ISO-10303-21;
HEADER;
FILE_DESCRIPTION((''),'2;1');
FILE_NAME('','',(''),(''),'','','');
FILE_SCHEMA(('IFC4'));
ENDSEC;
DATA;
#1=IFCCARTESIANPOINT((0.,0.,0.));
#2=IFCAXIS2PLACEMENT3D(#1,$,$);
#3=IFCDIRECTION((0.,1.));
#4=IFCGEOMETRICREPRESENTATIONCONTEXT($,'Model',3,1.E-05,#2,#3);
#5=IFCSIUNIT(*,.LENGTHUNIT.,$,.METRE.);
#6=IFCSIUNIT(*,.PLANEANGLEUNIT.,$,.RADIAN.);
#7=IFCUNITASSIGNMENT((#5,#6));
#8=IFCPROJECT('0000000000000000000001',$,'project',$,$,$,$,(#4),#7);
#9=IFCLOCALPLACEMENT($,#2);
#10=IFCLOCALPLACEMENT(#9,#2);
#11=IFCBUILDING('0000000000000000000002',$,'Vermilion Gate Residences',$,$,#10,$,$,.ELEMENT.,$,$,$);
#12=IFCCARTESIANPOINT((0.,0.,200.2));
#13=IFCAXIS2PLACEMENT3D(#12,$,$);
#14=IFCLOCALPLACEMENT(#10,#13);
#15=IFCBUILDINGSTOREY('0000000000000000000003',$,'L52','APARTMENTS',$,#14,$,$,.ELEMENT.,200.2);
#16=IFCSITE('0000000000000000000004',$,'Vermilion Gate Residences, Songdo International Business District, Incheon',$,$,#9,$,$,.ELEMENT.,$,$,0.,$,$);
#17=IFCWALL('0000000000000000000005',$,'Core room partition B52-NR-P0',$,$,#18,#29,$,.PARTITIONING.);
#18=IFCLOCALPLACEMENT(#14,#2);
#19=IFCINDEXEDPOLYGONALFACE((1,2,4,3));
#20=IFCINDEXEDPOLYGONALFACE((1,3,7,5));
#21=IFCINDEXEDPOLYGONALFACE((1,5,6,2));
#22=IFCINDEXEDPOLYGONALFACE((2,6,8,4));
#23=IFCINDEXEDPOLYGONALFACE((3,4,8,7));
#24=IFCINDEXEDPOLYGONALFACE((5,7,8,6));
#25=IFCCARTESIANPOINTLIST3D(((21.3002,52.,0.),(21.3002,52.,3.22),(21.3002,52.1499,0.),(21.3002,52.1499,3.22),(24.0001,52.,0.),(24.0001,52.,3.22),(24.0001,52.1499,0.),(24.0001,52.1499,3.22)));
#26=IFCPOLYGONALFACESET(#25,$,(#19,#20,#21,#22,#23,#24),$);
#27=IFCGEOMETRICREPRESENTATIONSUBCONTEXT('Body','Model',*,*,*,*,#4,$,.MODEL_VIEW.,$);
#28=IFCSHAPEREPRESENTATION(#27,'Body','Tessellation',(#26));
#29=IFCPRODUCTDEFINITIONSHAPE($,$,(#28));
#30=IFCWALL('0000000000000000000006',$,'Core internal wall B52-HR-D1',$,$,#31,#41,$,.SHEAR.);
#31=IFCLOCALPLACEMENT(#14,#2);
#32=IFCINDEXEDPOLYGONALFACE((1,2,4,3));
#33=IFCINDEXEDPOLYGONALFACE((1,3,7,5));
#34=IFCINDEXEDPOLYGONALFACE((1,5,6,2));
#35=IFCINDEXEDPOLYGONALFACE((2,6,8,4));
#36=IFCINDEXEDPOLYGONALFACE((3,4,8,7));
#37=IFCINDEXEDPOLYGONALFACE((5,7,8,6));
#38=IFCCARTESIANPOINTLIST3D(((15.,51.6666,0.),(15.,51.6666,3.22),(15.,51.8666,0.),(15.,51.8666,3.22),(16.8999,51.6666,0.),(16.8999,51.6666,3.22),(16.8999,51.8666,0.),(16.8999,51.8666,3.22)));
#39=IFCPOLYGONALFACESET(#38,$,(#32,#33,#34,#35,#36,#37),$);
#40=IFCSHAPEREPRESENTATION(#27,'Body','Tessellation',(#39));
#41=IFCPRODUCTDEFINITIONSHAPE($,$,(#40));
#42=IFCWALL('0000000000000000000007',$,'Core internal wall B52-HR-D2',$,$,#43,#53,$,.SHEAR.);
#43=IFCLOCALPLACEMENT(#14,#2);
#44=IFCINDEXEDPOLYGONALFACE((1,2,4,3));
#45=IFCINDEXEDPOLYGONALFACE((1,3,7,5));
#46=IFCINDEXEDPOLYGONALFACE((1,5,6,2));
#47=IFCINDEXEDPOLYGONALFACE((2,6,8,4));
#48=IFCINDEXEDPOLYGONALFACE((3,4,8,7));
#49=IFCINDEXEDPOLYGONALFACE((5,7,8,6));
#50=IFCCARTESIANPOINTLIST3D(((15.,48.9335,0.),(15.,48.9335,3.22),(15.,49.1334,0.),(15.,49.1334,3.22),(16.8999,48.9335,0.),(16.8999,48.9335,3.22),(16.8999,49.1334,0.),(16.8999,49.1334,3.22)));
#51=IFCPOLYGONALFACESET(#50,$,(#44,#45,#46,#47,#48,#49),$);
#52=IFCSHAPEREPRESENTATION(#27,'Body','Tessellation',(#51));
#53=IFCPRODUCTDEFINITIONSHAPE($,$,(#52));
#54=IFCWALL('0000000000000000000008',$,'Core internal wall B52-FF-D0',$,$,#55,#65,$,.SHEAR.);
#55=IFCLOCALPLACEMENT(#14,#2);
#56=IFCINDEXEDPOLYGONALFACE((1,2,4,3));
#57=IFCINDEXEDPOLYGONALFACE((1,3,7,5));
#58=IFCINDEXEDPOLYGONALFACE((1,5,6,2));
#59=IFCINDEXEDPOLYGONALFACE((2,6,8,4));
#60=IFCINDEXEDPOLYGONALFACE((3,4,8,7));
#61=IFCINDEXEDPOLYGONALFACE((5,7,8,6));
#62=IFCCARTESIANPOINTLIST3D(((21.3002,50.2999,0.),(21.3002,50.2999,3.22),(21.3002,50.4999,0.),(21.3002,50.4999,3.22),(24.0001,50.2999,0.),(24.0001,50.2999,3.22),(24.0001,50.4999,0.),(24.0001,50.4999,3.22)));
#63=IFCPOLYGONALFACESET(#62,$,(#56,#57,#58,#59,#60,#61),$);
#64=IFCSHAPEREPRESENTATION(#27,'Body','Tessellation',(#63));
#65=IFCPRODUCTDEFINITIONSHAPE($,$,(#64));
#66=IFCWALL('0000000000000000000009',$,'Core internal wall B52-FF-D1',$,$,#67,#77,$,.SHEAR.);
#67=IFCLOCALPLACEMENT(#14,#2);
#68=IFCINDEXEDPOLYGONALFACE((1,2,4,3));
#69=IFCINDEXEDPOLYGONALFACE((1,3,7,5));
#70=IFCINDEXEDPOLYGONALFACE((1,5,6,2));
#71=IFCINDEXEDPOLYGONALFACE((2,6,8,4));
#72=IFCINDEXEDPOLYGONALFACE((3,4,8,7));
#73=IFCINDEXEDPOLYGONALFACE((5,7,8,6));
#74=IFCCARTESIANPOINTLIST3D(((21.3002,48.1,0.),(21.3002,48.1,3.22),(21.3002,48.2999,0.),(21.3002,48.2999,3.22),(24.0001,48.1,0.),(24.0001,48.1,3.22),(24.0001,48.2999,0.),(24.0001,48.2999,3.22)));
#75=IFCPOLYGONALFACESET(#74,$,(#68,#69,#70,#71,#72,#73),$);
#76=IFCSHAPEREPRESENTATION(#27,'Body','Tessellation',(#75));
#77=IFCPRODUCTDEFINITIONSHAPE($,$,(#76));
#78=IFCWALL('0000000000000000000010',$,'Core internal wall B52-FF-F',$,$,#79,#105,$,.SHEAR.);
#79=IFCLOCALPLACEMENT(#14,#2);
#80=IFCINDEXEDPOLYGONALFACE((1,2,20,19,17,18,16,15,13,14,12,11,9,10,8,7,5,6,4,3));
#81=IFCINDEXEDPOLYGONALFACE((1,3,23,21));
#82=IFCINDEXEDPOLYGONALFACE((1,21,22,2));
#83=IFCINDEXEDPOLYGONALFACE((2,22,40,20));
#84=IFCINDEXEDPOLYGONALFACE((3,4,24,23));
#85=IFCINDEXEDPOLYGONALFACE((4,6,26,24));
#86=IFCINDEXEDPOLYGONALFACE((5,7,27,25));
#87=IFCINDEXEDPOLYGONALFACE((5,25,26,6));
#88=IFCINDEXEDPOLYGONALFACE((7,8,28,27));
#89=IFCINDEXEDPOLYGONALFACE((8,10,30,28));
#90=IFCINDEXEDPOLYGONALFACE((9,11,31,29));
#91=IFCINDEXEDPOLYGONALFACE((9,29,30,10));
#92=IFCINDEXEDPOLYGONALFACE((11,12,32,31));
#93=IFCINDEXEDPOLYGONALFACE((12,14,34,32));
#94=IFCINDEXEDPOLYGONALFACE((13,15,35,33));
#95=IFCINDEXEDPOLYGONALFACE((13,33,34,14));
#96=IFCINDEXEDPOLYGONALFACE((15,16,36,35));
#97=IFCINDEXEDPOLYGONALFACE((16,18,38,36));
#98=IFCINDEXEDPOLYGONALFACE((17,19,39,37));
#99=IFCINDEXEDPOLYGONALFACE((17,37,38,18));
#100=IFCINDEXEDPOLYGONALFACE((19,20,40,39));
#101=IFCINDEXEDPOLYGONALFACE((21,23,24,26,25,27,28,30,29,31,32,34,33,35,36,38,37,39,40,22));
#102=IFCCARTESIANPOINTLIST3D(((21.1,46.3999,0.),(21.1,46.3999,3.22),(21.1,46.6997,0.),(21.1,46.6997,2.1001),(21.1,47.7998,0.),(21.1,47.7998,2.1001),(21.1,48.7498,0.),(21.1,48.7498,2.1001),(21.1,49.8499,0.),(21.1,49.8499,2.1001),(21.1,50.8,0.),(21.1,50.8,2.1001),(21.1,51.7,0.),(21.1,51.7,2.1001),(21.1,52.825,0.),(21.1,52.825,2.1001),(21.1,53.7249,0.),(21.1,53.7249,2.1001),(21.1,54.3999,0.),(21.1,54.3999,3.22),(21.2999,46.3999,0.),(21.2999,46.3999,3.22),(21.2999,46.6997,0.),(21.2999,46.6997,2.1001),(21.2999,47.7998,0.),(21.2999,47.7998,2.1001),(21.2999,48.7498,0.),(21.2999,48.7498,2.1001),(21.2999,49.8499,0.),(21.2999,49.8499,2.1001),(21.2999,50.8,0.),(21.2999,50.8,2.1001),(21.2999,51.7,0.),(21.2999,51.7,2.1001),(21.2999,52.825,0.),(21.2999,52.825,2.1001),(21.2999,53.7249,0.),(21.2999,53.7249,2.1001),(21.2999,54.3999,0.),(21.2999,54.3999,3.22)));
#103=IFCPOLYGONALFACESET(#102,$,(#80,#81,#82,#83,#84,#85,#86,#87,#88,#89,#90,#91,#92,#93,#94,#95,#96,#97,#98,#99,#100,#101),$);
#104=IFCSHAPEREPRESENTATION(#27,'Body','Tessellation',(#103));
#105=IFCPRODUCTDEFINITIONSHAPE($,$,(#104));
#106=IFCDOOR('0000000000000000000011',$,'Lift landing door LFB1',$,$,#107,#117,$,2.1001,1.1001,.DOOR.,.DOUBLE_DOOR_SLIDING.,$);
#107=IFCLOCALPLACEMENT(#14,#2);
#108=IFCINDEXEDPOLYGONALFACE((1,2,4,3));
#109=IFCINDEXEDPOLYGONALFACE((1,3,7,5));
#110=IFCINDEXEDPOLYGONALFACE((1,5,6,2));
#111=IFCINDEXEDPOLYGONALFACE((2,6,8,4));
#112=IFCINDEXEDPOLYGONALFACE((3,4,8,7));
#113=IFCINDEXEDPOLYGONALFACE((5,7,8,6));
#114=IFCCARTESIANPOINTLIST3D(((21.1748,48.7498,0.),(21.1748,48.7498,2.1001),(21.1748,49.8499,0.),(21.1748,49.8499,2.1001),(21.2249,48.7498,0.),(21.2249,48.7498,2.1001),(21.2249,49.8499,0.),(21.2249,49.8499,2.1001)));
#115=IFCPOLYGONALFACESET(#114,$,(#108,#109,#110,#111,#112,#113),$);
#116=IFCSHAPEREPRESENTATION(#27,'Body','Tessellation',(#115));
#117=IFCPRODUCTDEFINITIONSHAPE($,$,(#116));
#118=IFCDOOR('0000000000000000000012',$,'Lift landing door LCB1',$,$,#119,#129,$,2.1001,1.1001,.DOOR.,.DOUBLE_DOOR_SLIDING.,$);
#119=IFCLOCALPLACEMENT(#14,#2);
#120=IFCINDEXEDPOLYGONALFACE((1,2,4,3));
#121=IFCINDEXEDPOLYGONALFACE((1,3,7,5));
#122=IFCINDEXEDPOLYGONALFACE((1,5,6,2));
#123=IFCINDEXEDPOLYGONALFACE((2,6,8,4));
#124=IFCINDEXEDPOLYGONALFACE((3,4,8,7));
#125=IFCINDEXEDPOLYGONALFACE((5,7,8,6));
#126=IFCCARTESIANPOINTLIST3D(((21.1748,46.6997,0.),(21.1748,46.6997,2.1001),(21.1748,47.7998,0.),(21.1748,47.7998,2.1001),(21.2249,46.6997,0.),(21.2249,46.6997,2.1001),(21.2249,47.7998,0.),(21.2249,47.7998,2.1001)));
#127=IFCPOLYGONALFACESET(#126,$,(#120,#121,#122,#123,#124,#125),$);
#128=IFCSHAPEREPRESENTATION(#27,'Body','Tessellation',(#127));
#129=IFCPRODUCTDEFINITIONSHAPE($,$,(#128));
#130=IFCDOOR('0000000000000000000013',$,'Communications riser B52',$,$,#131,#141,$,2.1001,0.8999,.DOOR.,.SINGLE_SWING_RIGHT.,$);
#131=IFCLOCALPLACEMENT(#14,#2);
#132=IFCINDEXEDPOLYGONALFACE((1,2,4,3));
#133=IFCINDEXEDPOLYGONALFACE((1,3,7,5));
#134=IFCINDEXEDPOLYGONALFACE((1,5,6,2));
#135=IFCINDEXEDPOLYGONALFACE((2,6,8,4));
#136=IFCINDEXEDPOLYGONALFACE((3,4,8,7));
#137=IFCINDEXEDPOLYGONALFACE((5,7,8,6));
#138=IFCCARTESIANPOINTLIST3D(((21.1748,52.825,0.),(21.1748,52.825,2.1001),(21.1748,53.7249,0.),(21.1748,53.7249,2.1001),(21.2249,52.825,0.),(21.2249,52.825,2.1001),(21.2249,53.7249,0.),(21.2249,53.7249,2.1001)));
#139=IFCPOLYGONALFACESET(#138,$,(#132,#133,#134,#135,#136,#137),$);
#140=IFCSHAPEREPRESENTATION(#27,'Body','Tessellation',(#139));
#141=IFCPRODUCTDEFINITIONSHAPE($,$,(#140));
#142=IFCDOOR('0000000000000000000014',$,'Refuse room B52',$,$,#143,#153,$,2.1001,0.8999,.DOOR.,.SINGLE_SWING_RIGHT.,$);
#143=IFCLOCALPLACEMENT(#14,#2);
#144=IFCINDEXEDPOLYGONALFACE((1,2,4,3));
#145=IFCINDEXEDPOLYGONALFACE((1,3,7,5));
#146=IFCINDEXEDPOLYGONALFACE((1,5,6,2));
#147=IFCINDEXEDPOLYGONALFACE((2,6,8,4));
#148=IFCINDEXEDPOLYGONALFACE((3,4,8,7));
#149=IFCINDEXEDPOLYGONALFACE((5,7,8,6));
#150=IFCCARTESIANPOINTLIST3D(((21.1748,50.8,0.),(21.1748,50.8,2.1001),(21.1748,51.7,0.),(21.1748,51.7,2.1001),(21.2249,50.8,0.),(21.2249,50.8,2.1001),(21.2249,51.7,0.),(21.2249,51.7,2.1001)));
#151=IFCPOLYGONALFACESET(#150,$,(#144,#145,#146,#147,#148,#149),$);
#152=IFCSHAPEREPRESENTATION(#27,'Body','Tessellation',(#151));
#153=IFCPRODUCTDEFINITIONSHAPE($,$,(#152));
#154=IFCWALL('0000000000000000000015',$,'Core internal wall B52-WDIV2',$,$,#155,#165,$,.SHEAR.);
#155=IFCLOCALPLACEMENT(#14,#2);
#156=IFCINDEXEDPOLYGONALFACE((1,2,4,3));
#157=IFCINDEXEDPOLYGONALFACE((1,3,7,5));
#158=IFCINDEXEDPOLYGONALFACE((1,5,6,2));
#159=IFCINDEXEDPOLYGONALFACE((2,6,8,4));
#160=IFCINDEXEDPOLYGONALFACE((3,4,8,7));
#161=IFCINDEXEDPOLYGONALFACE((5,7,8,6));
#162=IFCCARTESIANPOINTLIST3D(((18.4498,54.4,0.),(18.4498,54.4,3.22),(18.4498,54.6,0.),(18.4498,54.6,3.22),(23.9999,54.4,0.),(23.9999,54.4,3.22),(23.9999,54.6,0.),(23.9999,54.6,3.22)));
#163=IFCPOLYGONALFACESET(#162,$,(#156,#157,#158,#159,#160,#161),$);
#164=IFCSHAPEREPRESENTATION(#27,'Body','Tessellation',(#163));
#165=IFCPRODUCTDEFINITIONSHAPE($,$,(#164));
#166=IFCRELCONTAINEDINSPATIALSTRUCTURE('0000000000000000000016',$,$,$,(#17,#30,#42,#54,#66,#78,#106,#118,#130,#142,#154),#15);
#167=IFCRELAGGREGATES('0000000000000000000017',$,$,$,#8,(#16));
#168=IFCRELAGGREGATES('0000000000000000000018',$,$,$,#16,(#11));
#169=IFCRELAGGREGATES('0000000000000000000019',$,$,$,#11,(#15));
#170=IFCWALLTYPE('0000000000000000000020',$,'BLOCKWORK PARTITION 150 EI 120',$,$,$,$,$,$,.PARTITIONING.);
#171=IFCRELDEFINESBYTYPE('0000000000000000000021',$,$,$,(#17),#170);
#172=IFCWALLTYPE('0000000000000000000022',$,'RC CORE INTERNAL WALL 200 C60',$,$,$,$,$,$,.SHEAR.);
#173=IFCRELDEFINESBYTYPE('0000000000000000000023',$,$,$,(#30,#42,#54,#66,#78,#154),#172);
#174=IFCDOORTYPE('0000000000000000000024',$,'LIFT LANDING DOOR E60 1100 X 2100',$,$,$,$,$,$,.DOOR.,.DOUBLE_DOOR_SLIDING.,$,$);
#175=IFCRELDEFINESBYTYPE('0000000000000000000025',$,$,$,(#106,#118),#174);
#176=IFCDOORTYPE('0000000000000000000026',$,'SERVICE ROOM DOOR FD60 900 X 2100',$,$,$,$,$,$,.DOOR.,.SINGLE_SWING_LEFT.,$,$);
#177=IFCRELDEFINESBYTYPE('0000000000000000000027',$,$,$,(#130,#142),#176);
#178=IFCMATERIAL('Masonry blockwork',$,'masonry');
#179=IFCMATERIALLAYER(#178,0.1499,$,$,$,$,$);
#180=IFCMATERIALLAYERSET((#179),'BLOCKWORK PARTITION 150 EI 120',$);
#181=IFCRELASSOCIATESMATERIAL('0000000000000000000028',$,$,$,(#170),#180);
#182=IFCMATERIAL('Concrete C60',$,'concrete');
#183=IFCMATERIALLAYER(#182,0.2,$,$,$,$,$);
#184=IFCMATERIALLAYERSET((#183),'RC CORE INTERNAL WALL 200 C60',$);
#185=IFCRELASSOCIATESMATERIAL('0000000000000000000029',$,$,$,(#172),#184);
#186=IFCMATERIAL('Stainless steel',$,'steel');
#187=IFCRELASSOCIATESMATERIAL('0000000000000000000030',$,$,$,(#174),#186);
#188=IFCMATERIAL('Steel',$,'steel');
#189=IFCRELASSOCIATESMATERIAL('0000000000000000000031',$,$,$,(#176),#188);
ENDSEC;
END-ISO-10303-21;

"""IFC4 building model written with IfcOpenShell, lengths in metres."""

from ifc_helpers import new_model, si_unit, direction, frame, frame_2d, origin, place, context, subcontext, project, spatial, rectangle, extrude, material, layer, layer_set, type_object, element, fill, save


model = new_model("IFC4")

# Units and contexts
model_context = context("Model", 3, precision=1e-05, world=origin(), true_north=direction((0.0, 1.0)))
body_context = subcontext(model_context, "Body", "Model", "MODEL_VIEW")
ifc_project = project(units=[si_unit("LENGTHUNIT", "METRE"), si_unit("PLANEANGLEUNIT", "RADIAN")], contexts=[model_context])

# Site, building, storey
site_placement = place(None, origin())
site = spatial("IfcSite", under=ifc_project, at=site_placement, Name="Vermilion Gate Residences, Songdo International Business District, Incheon", CompositionType="ELEMENT", RefElevation=0.0)
building_placement = place(site_placement, origin())
building = spatial("IfcBuilding", under=site, at=building_placement, Name="Vermilion Gate Residences", CompositionType="ELEMENT")
storey_placement = place(building_placement, frame((0.0, 0.0, 200.2)))
storey = spatial("IfcBuildingStorey", under=building, at=storey_placement, Name="L52", Description="APARTMENTS", CompositionType="ELEMENT", Elevation=200.2)

# Walls
ifc_material_1 = material(Name="Masonry blockwork", Category="masonry")
ifc_layer_1 = layer(ifc_material_1, 0.1499)
ifc_layer_set_1 = layer_set([ifc_layer_1], Name="BLOCKWORK PARTITION 150 EI 120")
wall_type_1 = type_object("IfcWallType", Name="BLOCKWORK PARTITION 150 EI 120", PredefinedType="PARTITIONING", material=ifc_layer_set_1)
wall_1_placement = place(storey_placement, frame((21.3, 52.075, 0.0), z_axis=(0.0, 0.0, 1.0), x_axis=(1.0, 0.0, 0.0)))
element("IfcWall", 1, at=wall_1_placement, inside=storey, type_object=wall_type_1, Name="Core room partition B52-NR-P0", PredefinedType="PARTITIONING", context=body_context, shape_type="SweptSolid", body=[
    extrude(rectangle(XDim=2.7, YDim=0.1499, at=frame_2d((1.3501, 0.0))), origin(), (0.0, 0.0, 1.0), 3.22),
])
ifc_material_2 = material(Name="Concrete C60", Category="concrete")
ifc_layer_2 = layer(ifc_material_2, 0.2)
ifc_layer_set_2 = layer_set([ifc_layer_2], Name="RC CORE INTERNAL WALL 200 C60")
wall_type_2 = type_object("IfcWallType", Name="RC CORE INTERNAL WALL 200 C60", PredefinedType="SHEAR", material=ifc_layer_set_2)
for number, where, z_axis, x_axis, name in (
    (2, (15.0, 51.7666, 0.0), (0.0, 0.0, 1.0), (1.0, 0.0, 0.0), "Core internal wall B52-HR-D1"),
    (3, (15.0, 49.0334, 0.0), (0.0, 0.0, 1.0), (1.0, 0.0, 0.0), "Core internal wall B52-HR-D2"),
):
    element("IfcWall", number, at=place(storey_placement, frame(where, z_axis=z_axis, x_axis=x_axis)), inside=storey, type_object=wall_type_2, Name=name, PredefinedType="SHEAR", context=body_context, shape_type="SweptSolid", body=[
        extrude(rectangle(XDim=1.8999, YDim=0.2, at=frame_2d((0.95, 0.0))), origin(), (0.0, 0.0, 1.0), 3.22),
    ])
for number, where, z_axis, x_axis, name in (
    (4, (21.3, 50.3999, 0.0), (0.0, 0.0, 1.0), (1.0, 0.0, 0.0), "Core internal wall B52-FF-D0"),
    (5, (21.3, 48.2, 0.0), (0.0, 0.0, 1.0), (1.0, 0.0, 0.0), "Core internal wall B52-FF-D1"),
):
    element("IfcWall", number, at=place(storey_placement, frame(where, z_axis=z_axis, x_axis=x_axis)), inside=storey, type_object=wall_type_2, Name=name, PredefinedType="SHEAR", context=body_context, shape_type="SweptSolid", body=[
        extrude(rectangle(XDim=2.7, YDim=0.2, at=frame_2d((1.3501, 0.0))), origin(), (0.0, 0.0, 1.0), 3.22),
    ])

# Wall, openings, doors
wall_2_placement = place(storey_placement, frame((21.2, 54.3999, 0.0), z_axis=(0.0, 0.0, 1.0), x_axis=(0.0, -1.0, 0.0)))
wall_2 = element("IfcWall", 6, at=wall_2_placement, inside=storey, type_object=wall_type_2, Name="Core internal wall B52-FF-F", PredefinedType="SHEAR", context=body_context, shape_type="SweptSolid", body=[
    extrude(rectangle(XDim=8.0, YDim=0.2, at=frame_2d((4.0, 0.0))), origin(), (0.0, 0.0, 1.0), 3.22),
])
opening_1_placement = place(wall_2_placement, frame((0.675, 0.0, 0.0)))
opening_1 = element("IfcOpeningElement", 7, at=opening_1_placement, cuts=wall_2, PredefinedType="OPENING", context=body_context, shape_type="SweptSolid", body=[
    extrude(rectangle(XDim=0.8999, YDim=2.1001, at=frame_2d((0.45, 1.05))), frame((0.0, 0.1099, 0.0), z_axis=(0.0, -1.0, 0.0), x_axis=(1.0, 0.0, 0.0)), (0.0, 0.0, 1.0), 0.22),
])
opening_2_placement = place(wall_2_placement, frame((2.7, 0.0, 0.0)))
opening_2 = element("IfcOpeningElement", 8, at=opening_2_placement, cuts=wall_2, PredefinedType="OPENING", context=body_context, shape_type="SweptSolid", body=[
    extrude(rectangle(XDim=0.8999, YDim=2.1001, at=frame_2d((0.45, 1.05))), frame((0.0, 0.1099, 0.0), z_axis=(0.0, -1.0, 0.0), x_axis=(1.0, 0.0, 0.0)), (0.0, 0.0, 1.0), 0.22),
])
opening_3_placement = place(wall_2_placement, frame((4.55, 0.0, 0.0)))
opening_3 = element("IfcOpeningElement", 9, at=opening_3_placement, cuts=wall_2, PredefinedType="OPENING", context=body_context, shape_type="SweptSolid", body=[
    extrude(rectangle(XDim=1.1001, YDim=2.1001, at=frame_2d((0.55, 1.05))), frame((0.0, 0.1099, 0.0), z_axis=(0.0, -1.0, 0.0), x_axis=(1.0, 0.0, 0.0)), (0.0, 0.0, 1.0), 0.22),
])
opening_4_placement = place(wall_2_placement, frame((6.6001, 0.0, 0.0)))
opening_4 = element("IfcOpeningElement", 10, at=opening_4_placement, cuts=wall_2, PredefinedType="OPENING", context=body_context, shape_type="SweptSolid", body=[
    extrude(rectangle(XDim=1.1001, YDim=2.1001, at=frame_2d((0.55, 1.05))), frame((0.0, 0.1099, 0.0), z_axis=(0.0, -1.0, 0.0), x_axis=(1.0, 0.0, 0.0)), (0.0, 0.0, 1.0), 0.22),
])
ifc_material_3 = material(Name="Stainless steel", Category="steel")
door_type_1 = type_object("IfcDoorType", Name="LIFT LANDING DOOR E60 1100 X 2100", OperationType="DOUBLE_DOOR_SLIDING", PredefinedType="DOOR", material=ifc_material_3)
door_1_placement = place(opening_3_placement, origin())
door_1 = element("IfcDoor", 11, at=door_1_placement, inside=storey, type_object=door_type_1, Name="Lift landing door LFB1", OperationType="DOUBLE_DOOR_SLIDING", OverallHeight=2.1001, OverallWidth=1.1001, PredefinedType="DOOR", context=body_context, shape_type="SweptSolid", body=[
    extrude(rectangle(XDim=1.1001, YDim=2.1001, at=frame_2d((0.55, 1.05))), frame((0.0, 0.0249, 0.0), z_axis=(0.0, -1.0, 0.0), x_axis=(1.0, 0.0, 0.0)), (0.0, 0.0, 1.0), 0.05),
])
fill(opening_3, door_1)
door_2_placement = place(opening_4_placement, origin())
door_2 = element("IfcDoor", 12, at=door_2_placement, inside=storey, type_object=door_type_1, Name="Lift landing door LCB1", OperationType="DOUBLE_DOOR_SLIDING", OverallHeight=2.1001, OverallWidth=1.1001, PredefinedType="DOOR", context=body_context, shape_type="SweptSolid", body=[
    extrude(rectangle(XDim=1.1001, YDim=2.1001, at=frame_2d((0.55, 1.05))), frame((0.0, 0.0249, 0.0), z_axis=(0.0, -1.0, 0.0), x_axis=(1.0, 0.0, 0.0)), (0.0, 0.0, 1.0), 0.05),
])
fill(opening_4, door_2)
ifc_material_4 = material(Name="Steel", Category="steel")
door_type_2 = type_object("IfcDoorType", Name="SERVICE ROOM DOOR FD60 900 X 2100", OperationType="SINGLE_SWING_LEFT", PredefinedType="DOOR", material=ifc_material_4)
door_3_placement = place(opening_1_placement, origin())
door_3 = element("IfcDoor", 13, at=door_3_placement, inside=storey, type_object=door_type_2, Name="Communications riser B52", OperationType="SINGLE_SWING_RIGHT", OverallHeight=2.1001, OverallWidth=0.8999, PredefinedType="DOOR", context=body_context, shape_type="SweptSolid", body=[
    extrude(rectangle(XDim=0.8999, YDim=2.1001, at=frame_2d((0.45, 1.05))), frame((0.0, 0.0249, 0.0), z_axis=(0.0, -1.0, 0.0), x_axis=(1.0, 0.0, 0.0)), (0.0, 0.0, 1.0), 0.05),
])
fill(opening_1, door_3)
door_4_placement = place(opening_2_placement, origin())
door_4 = element("IfcDoor", 14, at=door_4_placement, inside=storey, type_object=door_type_2, Name="Refuse room B52", OperationType="SINGLE_SWING_RIGHT", OverallHeight=2.1001, OverallWidth=0.8999, PredefinedType="DOOR", context=body_context, shape_type="SweptSolid", body=[
    extrude(rectangle(XDim=0.8999, YDim=2.1001, at=frame_2d((0.45, 1.05))), frame((0.0, 0.0249, 0.0), z_axis=(0.0, -1.0, 0.0), x_axis=(1.0, 0.0, 0.0)), (0.0, 0.0, 1.0), 0.05),
])
fill(opening_2, door_4)

# Wall
wall_3_placement = place(storey_placement, frame((18.45, 54.5, 0.0), z_axis=(0.0, 0.0, 1.0), x_axis=(1.0, 0.0, 0.0)))
element("IfcWall", 15, at=wall_3_placement, inside=storey, type_object=wall_type_2, Name="Core internal wall B52-WDIV2", PredefinedType="SHEAR", context=body_context, shape_type="SweptSolid", body=[
    extrude(rectangle(XDim=5.55, YDim=0.2, at=frame_2d((2.7749, 0.0))), origin(), (0.0, 0.0, 1.0), 3.22),
])

save(model, "model.ifc")
